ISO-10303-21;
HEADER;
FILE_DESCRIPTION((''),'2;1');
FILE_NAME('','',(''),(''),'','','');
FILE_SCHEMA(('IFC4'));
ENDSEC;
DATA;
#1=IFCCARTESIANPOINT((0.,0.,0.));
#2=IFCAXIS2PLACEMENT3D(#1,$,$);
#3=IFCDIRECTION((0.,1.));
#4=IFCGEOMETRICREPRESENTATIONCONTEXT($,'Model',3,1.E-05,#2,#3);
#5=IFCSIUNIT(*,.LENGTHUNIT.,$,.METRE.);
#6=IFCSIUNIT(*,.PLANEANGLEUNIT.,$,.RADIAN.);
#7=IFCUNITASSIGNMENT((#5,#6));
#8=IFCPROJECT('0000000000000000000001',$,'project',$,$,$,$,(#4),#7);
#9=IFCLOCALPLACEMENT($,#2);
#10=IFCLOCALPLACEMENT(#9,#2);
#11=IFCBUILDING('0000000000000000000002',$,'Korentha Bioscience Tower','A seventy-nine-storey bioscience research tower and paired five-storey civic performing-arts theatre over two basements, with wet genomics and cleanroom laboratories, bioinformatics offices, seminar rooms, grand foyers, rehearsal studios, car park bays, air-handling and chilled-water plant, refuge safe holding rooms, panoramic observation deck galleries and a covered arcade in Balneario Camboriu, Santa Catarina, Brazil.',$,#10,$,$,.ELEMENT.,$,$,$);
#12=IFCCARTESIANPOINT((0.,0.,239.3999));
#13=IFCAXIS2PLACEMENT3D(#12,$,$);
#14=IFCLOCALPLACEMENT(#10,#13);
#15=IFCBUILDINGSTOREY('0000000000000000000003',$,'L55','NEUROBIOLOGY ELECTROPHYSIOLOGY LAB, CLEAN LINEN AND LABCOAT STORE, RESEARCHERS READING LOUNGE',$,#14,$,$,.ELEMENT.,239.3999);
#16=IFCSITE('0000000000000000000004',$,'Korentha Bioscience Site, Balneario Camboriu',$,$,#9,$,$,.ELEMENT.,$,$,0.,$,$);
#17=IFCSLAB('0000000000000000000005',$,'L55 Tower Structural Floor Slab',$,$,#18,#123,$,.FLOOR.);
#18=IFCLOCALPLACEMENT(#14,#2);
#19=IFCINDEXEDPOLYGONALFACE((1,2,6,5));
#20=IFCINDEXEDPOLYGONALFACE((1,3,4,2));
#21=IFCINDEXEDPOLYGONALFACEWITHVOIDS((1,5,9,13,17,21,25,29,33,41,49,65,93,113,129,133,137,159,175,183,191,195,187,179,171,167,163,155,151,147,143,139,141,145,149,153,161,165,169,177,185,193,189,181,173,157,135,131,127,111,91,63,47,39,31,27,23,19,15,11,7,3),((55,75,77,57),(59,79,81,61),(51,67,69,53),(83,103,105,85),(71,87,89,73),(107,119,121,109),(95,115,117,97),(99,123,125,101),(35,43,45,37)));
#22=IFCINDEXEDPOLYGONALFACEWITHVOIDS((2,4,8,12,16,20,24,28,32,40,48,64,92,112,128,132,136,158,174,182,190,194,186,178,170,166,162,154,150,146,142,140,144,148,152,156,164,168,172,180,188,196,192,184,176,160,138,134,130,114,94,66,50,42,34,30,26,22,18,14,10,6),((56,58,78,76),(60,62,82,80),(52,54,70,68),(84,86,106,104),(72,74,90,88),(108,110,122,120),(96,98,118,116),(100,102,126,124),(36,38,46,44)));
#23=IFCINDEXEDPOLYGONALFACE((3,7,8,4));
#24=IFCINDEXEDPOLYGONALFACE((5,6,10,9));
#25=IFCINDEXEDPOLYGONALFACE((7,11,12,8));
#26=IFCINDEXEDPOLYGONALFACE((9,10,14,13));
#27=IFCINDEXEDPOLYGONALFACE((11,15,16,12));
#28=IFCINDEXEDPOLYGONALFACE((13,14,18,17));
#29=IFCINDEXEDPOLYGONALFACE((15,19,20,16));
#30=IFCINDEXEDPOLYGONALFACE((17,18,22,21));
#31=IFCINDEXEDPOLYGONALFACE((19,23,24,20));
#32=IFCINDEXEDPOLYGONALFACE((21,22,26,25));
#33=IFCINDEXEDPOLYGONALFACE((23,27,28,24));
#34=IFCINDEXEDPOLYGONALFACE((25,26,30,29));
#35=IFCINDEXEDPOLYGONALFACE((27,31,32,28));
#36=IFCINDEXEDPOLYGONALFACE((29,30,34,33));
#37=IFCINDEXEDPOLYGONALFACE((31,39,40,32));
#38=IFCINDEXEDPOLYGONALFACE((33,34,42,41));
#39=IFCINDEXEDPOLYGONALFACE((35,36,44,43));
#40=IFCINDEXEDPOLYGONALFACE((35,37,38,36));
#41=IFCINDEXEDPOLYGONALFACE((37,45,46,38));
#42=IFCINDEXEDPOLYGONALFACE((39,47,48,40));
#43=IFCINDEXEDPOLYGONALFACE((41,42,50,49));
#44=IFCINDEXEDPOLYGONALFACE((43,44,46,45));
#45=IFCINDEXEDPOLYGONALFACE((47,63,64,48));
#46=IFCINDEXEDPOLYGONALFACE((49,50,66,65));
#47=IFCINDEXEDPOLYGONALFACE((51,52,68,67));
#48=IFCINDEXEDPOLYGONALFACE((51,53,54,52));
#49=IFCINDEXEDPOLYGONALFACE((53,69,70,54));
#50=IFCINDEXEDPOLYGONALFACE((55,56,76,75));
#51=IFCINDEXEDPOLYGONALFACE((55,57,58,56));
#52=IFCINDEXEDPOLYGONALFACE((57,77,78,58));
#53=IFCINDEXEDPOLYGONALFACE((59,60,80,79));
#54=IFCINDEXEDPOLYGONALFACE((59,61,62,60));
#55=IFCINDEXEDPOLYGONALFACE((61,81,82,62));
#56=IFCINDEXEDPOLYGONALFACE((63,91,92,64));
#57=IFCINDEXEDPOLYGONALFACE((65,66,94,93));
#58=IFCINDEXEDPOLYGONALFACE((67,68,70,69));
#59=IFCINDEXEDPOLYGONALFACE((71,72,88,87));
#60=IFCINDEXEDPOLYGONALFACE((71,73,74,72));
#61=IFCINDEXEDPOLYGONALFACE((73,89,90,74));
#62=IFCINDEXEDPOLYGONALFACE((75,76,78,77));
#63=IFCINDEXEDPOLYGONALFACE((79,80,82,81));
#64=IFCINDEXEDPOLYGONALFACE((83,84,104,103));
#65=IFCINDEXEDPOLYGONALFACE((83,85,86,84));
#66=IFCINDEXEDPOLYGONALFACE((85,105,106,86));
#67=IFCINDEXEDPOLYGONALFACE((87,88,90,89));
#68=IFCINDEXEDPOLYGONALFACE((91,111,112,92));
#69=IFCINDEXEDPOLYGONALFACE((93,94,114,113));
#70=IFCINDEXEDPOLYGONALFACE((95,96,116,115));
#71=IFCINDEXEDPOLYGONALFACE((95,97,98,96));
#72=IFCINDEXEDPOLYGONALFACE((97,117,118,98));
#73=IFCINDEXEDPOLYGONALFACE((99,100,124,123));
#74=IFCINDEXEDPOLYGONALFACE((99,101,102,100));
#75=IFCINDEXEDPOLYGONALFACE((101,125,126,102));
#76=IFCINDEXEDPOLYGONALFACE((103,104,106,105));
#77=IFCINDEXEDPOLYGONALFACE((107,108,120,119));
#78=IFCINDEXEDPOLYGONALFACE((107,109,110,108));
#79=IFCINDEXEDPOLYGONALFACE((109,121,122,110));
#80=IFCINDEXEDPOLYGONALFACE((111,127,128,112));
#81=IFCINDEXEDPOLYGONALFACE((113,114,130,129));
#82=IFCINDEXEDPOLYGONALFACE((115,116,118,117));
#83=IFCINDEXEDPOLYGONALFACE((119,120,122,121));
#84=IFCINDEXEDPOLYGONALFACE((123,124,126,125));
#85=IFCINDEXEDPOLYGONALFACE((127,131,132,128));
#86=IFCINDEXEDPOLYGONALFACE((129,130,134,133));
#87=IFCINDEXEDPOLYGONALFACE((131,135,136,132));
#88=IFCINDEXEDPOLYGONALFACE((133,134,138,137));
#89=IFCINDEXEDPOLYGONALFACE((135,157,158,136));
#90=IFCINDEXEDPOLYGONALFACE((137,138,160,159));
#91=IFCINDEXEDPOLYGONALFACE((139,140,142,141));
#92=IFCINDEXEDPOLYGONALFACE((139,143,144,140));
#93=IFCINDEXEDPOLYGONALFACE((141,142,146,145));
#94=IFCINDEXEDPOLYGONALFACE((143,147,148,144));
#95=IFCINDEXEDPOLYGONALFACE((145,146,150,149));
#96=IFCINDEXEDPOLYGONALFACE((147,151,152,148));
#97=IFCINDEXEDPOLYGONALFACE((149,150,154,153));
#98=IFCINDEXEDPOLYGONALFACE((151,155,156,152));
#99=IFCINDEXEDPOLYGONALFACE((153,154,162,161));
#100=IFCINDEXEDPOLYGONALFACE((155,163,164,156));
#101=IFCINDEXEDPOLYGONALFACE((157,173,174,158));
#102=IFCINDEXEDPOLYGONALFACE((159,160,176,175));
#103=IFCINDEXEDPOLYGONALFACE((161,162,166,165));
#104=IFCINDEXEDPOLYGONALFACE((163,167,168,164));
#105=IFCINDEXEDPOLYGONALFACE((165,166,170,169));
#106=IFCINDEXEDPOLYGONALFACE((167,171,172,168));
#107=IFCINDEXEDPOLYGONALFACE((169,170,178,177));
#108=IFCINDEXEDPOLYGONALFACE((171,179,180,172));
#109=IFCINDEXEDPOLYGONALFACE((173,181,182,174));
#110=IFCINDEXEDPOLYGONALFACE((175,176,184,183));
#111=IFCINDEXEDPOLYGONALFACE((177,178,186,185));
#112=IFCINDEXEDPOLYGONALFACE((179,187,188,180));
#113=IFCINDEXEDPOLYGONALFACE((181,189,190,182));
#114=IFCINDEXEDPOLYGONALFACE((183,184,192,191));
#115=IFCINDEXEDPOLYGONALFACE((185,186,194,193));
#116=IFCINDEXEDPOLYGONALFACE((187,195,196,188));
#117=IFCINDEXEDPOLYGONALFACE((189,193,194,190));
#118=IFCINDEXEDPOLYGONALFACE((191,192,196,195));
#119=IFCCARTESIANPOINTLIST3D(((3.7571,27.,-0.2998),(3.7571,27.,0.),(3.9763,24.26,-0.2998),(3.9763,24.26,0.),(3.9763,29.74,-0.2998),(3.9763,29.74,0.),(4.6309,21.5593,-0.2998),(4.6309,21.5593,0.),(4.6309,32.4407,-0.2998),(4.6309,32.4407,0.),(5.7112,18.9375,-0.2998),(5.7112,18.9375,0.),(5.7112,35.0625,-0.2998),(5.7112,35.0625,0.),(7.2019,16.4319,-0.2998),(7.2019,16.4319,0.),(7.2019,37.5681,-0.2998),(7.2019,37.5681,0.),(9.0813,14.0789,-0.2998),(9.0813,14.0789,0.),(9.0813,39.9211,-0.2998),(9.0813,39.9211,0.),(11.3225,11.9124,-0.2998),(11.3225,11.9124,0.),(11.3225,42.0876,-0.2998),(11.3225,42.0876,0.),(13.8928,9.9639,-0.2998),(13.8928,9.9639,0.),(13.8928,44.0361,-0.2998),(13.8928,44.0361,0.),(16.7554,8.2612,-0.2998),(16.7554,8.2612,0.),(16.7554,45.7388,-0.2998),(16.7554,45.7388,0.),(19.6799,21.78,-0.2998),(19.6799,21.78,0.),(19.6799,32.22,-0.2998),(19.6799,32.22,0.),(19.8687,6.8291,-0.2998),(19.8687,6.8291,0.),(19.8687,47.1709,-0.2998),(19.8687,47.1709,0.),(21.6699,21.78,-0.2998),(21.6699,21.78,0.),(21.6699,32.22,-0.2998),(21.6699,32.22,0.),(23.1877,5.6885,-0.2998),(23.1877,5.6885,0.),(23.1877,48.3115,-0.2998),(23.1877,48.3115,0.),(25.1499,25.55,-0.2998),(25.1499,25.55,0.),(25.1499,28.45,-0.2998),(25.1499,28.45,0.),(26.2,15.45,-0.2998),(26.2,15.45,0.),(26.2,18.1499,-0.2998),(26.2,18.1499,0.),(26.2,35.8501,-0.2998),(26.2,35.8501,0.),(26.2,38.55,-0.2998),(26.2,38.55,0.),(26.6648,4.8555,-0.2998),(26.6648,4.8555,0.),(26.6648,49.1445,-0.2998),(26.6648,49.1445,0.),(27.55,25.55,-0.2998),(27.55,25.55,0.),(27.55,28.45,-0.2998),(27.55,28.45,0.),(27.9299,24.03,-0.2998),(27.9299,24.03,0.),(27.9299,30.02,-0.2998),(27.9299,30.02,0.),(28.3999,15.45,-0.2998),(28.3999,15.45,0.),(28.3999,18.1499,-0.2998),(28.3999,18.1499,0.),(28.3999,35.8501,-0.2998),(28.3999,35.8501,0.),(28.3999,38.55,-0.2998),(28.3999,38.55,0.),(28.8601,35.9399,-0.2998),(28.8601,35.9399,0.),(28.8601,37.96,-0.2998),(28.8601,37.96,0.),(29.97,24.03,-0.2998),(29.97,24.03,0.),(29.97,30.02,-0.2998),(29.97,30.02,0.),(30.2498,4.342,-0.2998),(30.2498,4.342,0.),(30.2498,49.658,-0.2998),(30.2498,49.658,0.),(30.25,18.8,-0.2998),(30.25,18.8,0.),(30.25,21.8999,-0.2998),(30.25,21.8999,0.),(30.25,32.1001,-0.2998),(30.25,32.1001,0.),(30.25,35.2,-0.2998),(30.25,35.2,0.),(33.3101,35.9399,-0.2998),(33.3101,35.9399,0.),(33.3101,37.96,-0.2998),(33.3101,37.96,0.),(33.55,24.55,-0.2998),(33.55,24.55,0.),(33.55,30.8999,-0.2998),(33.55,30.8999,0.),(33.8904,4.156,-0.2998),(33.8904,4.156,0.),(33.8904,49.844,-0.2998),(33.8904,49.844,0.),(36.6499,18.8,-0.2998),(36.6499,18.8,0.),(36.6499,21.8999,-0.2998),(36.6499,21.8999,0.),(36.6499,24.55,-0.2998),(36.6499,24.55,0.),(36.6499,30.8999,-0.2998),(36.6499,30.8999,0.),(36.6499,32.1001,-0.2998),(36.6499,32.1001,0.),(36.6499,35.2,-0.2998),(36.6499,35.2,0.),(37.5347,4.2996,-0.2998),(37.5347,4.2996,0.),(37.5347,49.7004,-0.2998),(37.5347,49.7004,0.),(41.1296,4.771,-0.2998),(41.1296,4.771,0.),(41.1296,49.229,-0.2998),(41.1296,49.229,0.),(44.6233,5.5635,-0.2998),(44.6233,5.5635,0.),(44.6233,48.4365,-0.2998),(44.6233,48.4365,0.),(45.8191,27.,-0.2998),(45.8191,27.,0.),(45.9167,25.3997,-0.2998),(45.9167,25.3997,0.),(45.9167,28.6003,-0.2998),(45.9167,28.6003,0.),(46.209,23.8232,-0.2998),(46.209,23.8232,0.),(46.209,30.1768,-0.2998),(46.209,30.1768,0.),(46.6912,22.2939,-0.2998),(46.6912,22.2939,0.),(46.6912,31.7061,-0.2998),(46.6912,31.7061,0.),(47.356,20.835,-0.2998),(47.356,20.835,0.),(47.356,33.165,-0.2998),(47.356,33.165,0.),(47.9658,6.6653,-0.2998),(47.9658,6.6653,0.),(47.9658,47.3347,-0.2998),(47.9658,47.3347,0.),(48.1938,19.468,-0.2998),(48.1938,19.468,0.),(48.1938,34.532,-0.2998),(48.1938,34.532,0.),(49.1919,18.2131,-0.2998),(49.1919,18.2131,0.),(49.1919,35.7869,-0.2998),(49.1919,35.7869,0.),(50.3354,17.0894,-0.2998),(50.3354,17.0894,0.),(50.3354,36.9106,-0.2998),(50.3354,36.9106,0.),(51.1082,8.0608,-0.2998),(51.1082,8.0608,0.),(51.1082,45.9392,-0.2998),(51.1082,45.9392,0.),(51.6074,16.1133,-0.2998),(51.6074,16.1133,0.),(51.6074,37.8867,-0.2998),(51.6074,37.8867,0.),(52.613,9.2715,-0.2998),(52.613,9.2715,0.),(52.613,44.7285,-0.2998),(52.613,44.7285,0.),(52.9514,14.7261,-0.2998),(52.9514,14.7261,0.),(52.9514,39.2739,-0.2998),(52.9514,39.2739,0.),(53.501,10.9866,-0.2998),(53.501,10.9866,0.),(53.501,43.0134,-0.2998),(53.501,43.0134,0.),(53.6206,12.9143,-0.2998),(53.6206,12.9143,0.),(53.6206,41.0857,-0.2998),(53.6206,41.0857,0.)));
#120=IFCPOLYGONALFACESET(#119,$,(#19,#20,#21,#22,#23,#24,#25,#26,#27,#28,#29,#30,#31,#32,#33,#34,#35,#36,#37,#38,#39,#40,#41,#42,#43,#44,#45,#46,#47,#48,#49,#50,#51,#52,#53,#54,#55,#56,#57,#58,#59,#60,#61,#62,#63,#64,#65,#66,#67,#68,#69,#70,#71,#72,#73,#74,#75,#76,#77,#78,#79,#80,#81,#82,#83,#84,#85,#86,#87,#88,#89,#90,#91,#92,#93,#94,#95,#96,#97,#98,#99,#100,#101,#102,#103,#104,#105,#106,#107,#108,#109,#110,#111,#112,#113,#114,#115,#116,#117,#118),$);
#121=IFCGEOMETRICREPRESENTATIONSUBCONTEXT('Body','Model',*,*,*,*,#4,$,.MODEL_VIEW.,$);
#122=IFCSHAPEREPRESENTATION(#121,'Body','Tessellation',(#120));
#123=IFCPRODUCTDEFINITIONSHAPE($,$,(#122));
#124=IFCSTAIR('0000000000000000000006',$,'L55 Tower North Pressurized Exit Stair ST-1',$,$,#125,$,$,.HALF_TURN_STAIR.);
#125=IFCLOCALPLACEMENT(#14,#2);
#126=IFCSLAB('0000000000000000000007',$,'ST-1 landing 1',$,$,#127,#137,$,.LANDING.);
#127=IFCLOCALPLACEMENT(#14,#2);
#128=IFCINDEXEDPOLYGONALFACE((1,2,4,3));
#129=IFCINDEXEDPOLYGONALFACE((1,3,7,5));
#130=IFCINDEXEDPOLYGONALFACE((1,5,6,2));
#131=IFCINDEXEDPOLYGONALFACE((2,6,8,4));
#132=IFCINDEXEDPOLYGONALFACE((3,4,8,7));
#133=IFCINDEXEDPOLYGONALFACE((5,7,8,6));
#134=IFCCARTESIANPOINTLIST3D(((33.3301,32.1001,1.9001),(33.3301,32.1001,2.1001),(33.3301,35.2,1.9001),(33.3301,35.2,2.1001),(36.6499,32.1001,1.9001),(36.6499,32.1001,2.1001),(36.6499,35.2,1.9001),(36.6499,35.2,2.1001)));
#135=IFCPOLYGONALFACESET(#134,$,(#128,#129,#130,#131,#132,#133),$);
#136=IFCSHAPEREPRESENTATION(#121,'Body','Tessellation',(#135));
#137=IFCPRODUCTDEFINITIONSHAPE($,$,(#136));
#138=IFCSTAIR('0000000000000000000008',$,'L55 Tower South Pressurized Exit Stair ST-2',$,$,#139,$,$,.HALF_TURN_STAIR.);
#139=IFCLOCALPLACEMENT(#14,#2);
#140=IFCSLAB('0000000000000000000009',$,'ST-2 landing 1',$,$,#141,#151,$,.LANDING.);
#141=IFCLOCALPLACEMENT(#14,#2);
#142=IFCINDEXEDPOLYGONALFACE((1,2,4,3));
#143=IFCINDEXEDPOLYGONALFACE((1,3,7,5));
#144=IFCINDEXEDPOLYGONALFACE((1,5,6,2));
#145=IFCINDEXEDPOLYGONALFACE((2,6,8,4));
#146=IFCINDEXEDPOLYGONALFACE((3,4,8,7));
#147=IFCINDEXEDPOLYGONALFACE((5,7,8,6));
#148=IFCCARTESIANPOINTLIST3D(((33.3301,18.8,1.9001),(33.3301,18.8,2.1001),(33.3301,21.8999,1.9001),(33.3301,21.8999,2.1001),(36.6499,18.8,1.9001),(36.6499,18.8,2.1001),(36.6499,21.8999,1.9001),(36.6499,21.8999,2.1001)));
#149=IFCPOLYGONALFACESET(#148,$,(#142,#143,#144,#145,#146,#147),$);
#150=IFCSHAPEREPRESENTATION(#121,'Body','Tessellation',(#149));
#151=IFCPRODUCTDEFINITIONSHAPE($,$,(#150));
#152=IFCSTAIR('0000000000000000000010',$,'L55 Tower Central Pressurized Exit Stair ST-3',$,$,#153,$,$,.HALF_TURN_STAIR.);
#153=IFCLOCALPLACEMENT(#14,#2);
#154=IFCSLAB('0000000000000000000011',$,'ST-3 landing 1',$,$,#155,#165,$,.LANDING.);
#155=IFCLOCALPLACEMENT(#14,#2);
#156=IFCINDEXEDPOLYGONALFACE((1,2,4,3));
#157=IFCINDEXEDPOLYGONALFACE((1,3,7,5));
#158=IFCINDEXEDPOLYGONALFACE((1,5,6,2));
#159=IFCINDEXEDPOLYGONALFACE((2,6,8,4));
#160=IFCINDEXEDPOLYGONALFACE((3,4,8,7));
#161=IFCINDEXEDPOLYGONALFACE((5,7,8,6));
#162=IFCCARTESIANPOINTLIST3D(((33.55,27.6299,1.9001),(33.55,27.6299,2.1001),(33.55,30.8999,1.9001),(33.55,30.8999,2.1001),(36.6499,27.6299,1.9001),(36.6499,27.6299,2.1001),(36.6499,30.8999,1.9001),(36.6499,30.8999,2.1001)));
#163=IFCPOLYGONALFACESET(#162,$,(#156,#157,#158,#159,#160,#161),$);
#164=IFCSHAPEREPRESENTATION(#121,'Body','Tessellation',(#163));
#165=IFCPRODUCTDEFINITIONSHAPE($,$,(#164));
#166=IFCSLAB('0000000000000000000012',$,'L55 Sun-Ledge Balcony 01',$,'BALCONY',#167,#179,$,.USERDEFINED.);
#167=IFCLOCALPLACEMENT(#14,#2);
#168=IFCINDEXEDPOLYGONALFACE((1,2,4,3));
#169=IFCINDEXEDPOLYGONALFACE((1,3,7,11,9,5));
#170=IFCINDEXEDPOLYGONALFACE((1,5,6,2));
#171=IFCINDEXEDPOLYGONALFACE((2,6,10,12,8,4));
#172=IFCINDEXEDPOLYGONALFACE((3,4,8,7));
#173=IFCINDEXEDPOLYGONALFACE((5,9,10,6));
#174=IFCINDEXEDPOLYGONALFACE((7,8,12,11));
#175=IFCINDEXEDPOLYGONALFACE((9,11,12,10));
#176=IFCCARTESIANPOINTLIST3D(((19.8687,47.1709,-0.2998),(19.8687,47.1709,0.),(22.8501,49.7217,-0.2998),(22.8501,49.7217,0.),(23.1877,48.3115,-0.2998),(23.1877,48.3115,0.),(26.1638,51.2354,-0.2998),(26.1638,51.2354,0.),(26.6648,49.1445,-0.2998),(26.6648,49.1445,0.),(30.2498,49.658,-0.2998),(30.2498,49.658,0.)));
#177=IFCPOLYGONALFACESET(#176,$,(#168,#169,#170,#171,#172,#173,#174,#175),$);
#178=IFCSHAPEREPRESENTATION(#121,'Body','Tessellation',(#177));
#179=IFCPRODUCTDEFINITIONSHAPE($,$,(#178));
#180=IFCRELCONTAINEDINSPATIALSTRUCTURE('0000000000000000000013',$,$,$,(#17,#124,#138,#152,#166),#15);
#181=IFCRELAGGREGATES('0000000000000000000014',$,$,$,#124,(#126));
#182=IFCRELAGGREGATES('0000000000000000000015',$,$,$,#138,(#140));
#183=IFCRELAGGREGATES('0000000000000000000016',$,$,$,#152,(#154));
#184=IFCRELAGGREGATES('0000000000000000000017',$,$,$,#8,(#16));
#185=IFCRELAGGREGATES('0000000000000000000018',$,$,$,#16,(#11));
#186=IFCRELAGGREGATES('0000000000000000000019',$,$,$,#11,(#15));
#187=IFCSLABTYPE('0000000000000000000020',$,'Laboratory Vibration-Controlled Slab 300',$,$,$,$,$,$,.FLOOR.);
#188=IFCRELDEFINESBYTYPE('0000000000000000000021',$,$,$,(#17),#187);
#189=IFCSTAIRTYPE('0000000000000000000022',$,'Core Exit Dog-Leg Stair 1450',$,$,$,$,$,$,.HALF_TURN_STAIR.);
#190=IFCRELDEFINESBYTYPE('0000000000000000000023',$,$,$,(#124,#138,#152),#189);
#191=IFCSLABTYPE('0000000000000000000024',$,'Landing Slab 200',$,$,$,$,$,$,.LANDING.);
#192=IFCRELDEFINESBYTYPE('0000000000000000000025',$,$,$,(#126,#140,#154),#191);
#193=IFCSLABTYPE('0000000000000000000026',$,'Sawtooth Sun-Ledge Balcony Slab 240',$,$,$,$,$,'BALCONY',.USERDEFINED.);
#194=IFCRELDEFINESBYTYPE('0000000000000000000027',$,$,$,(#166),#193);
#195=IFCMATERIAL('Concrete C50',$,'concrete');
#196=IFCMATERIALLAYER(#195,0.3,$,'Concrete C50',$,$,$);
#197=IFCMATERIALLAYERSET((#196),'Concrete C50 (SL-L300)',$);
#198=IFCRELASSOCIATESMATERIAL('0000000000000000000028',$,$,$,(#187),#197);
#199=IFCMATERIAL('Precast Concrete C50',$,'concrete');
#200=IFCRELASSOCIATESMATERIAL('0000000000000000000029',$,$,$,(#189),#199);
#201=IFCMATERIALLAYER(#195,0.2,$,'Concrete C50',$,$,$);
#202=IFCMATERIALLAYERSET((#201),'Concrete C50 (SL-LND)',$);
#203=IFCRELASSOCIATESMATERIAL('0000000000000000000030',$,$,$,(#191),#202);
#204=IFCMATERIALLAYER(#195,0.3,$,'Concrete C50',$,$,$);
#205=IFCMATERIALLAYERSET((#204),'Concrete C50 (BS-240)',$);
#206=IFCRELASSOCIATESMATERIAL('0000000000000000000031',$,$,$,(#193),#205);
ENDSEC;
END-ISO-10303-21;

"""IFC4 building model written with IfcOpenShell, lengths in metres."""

from ifc_helpers import new_model, si_unit, direction, frame, origin, place, context, subcontext, project, spatial, polyline, outline, extrude, material, layer, layer_set, type_object, element, aggregate, save


model = new_model("IFC4")

# Units and contexts
model_context = context("Model", 3, precision=1e-05, world=origin(), true_north=direction((0.0, 1.0)))
body_context = subcontext(model_context, "Body", "Model", "MODEL_VIEW")
ifc_project = project(units=[si_unit("LENGTHUNIT", "METRE"), si_unit("PLANEANGLEUNIT", "RADIAN")], contexts=[model_context])

# Site, building, storey
site_placement = place(None, origin())
site = spatial("IfcSite", under=ifc_project, at=site_placement, Name="Korentha Bioscience Site, Balneario Camboriu", CompositionType="ELEMENT", RefElevation=0.0)
building_placement = place(site_placement, origin())
building = spatial("IfcBuilding", under=site, at=building_placement, Name="Korentha Bioscience Tower", Description="A seventy-nine-storey bioscience research tower and paired five-storey civic performing-arts theatre over two basements, with wet genomics and cleanroom laboratories, bioinformatics offices, seminar rooms, grand foyers, rehearsal studios, car park bays, air-handling and chilled-water plant, refuge safe holding rooms, panoramic observation deck galleries and a covered arcade in Balneario Camboriu, Santa Catarina, Brazil.", CompositionType="ELEMENT")
storey_placement = place(building_placement, frame((0.0, 0.0, 239.3999)))
storey = spatial("IfcBuildingStorey", under=building, at=storey_placement, Name="L55", Description="NEUROBIOLOGY ELECTROPHYSIOLOGY LAB, CLEAN LINEN AND LABCOAT STORE, RESEARCHERS READING LOUNGE", CompositionType="ELEMENT", Elevation=239.3999)

# Slab
ifc_material_1 = material(Name="Concrete C50", Category="concrete")
ifc_layer_1 = layer(ifc_material_1, 0.3, Name="Concrete C50")
ifc_layer_set_1 = layer_set([ifc_layer_1], Name="Concrete C50 (SL-L300)")
slab_type_1 = type_object("IfcSlabType", Name="Laboratory Vibration-Controlled Slab 300", PredefinedType="FLOOR", material=ifc_layer_set_1)
slab_1_placement = place(storey_placement, frame((0.0, 0.0, -0.2998)))
element("IfcSlab", 1, at=slab_1_placement, inside=storey, type_object=slab_type_1, Name="L55 Tower Structural Floor Slab", PredefinedType="FLOOR", context=body_context, shape_type="SweptSolid", body=[
    extrude(outline(polyline([(51.1082, 45.9392), (47.9658, 47.3347), (44.6233, 48.4365), (41.1296, 49.229), (37.5347, 49.7004), (33.8904, 49.844), (30.2498, 49.658), (26.6648, 49.1445), (23.1877, 48.3115), (19.8687, 47.1709), (16.7554, 45.7388), (13.8928, 44.0361), (11.3225, 42.0876), (9.0813, 39.9211), (7.2019, 37.5681), (5.7112, 35.0625), (4.6309, 32.4407), (3.9763, 29.74), (3.7571, 27.0), (3.9763, 24.26), (4.6309, 21.5593), (5.7112, 18.9375), (7.2019, 16.4319), (9.0813, 14.0789), (11.3225, 11.9124), (13.8928, 9.9639), (16.7554, 8.2612), (19.8687, 6.8291), (23.1877, 5.6885), (26.6648, 4.8555), (30.2498, 4.342), (33.8904, 4.156), (37.5347, 4.2996), (41.1296, 4.771), (44.6233, 5.5635), (47.9658, 6.6653), (51.1082, 8.0608), (52.613, 9.2715), (53.501, 10.9866), (53.6206, 12.9143), (52.9514, 14.7261), (51.6074, 16.1133), (50.3354, 17.0894), (49.1919, 18.2131), (48.1938, 19.468), (47.356, 20.835), (46.6912, 22.2939), (46.209, 23.8232), (45.9167, 25.3997), (45.8191, 27.0), (45.9167, 28.6003), (46.209, 30.1768), (46.6912, 31.7061), (47.356, 33.165), (48.1938, 34.532), (49.1919, 35.7869), (50.3354, 36.9106), (51.6074, 37.8867), (52.9514, 39.2739), (53.6206, 41.0857), (53.501, 43.0134), (52.613, 44.7285), (51.1082, 45.9392)]), holes=[polyline([(30.25, 32.1001), (36.6499, 32.1001), (36.6499, 35.2), (30.25, 35.2), (30.25, 32.1001)]), polyline([(30.25, 18.8), (36.6499, 18.8), (36.6499, 21.8999), (30.25, 21.8999), (30.25, 18.8)]), polyline([(36.6499, 24.55), (36.6499, 30.8999), (33.55, 30.8999), (33.55, 24.55), (36.6499, 24.55)]), polyline([(19.6799, 21.78), (21.6699, 21.78), (21.6699, 32.22), (19.6799, 32.22), (19.6799, 21.78)]), polyline([(27.9299, 24.03), (29.97, 24.03), (29.97, 30.02), (27.9299, 30.02), (27.9299, 24.03)]), polyline([(28.8601, 35.9399), (33.3101, 35.9399), (33.3101, 37.96), (28.8601, 37.96), (28.8601, 35.9399)]), polyline([(26.2, 15.45), (28.3999, 15.45), (28.3999, 18.1499), (26.2, 18.1499), (26.2, 15.45)]), polyline([(26.2, 35.8501), (28.3999, 35.8501), (28.3999, 38.55), (26.2, 38.55), (26.2, 35.8501)]), polyline([(25.1499, 25.55), (27.55, 25.55), (27.55, 28.45), (25.1499, 28.45), (25.1499, 25.55)])]), origin(), (0.0, 0.0, 1.0), 0.2998),
])

# Stairs, slabs
ifc_material_2 = material(Name="Precast Concrete C50", Category="concrete")
stair_type = type_object("IfcStairType", Name="Core Exit Dog-Leg Stair 1450", PredefinedType="HALF_TURN_STAIR", material=ifc_material_2)
stair_1_placement = place(storey_placement, origin())
stair_1 = element("IfcStair", 2, at=stair_1_placement, inside=storey, type_object=stair_type, Name="L55 Tower North Pressurized Exit Stair ST-1", PredefinedType="HALF_TURN_STAIR")
ifc_layer_2 = layer(ifc_material_1, 0.2, Name="Concrete C50")
ifc_layer_set_2 = layer_set([ifc_layer_2], Name="Concrete C50 (SL-LND)")
slab_type_2 = type_object("IfcSlabType", Name="Landing Slab 200", PredefinedType="LANDING", material=ifc_layer_set_2)
slab_2_placement = place(storey_placement, frame((0.0, 0.0, 1.9001)))
slab_2 = element("IfcSlab", 3, at=slab_2_placement, type_object=slab_type_2, Name="ST-1 landing 1", PredefinedType="LANDING", context=body_context, shape_type="SweptSolid", body=[
    extrude(outline(polyline([(33.3301, 32.1001), (36.6499, 32.1001), (36.6499, 35.2), (33.3301, 35.2), (33.3301, 32.1001)])), origin(), (0.0, 0.0, 1.0), 0.2),
])
aggregate(stair_1, [slab_2])
stair_2_placement = place(storey_placement, origin())
stair_2 = element("IfcStair", 4, at=stair_2_placement, inside=storey, type_object=stair_type, Name="L55 Tower South Pressurized Exit Stair ST-2", PredefinedType="HALF_TURN_STAIR")
slab_3_placement = place(storey_placement, frame((0.0, 0.0, 1.9001)))
slab_3 = element("IfcSlab", 5, at=slab_3_placement, type_object=slab_type_2, Name="ST-2 landing 1", PredefinedType="LANDING", context=body_context, shape_type="SweptSolid", body=[
    extrude(outline(polyline([(33.3301, 18.8), (36.6499, 18.8), (36.6499, 21.8999), (33.3301, 21.8999), (33.3301, 18.8)])), origin(), (0.0, 0.0, 1.0), 0.2),
])
aggregate(stair_2, [slab_3])
stair_3_placement = place(storey_placement, origin())
stair_3 = element("IfcStair", 6, at=stair_3_placement, inside=storey, type_object=stair_type, Name="L55 Tower Central Pressurized Exit Stair ST-3", PredefinedType="HALF_TURN_STAIR")
slab_4_placement = place(storey_placement, frame((0.0, 0.0, 1.9001)))
slab_4 = element("IfcSlab", 7, at=slab_4_placement, type_object=slab_type_2, Name="ST-3 landing 1", PredefinedType="LANDING", context=body_context, shape_type="SweptSolid", body=[
    extrude(outline(polyline([(36.6499, 27.6299), (36.6499, 30.8999), (33.55, 30.8999), (33.55, 27.6299), (36.6499, 27.6299)])), origin(), (0.0, 0.0, 1.0), 0.2),
])
aggregate(stair_3, [slab_4])

# Slab
ifc_layer_3 = layer(ifc_material_1, 0.3, Name="Concrete C50")
ifc_layer_set_3 = layer_set([ifc_layer_3], Name="Concrete C50 (BS-240)")
slab_type_3 = type_object("IfcSlabType", Name="Sawtooth Sun-Ledge Balcony Slab 240", ElementType="BALCONY", PredefinedType="USERDEFINED", material=ifc_layer_set_3)
slab_5_placement = place(storey_placement, frame((0.0, 0.0, -0.2998)))
element("IfcSlab", 8, at=slab_5_placement, inside=storey, type_object=slab_type_3, Name="L55 Sun-Ledge Balcony 01", ObjectType="BALCONY", PredefinedType="USERDEFINED", context=body_context, shape_type="SweptSolid", body=[
    extrude(outline(polyline([(19.8687, 47.1709), (23.1877, 48.3115), (26.6648, 49.1445), (30.2498, 49.658), (26.1638, 51.2354), (22.8501, 49.7217), (19.8687, 47.1709)])), origin(), (0.0, 0.0, 1.0), 0.2998),
])

save(model, "model.ifc")
